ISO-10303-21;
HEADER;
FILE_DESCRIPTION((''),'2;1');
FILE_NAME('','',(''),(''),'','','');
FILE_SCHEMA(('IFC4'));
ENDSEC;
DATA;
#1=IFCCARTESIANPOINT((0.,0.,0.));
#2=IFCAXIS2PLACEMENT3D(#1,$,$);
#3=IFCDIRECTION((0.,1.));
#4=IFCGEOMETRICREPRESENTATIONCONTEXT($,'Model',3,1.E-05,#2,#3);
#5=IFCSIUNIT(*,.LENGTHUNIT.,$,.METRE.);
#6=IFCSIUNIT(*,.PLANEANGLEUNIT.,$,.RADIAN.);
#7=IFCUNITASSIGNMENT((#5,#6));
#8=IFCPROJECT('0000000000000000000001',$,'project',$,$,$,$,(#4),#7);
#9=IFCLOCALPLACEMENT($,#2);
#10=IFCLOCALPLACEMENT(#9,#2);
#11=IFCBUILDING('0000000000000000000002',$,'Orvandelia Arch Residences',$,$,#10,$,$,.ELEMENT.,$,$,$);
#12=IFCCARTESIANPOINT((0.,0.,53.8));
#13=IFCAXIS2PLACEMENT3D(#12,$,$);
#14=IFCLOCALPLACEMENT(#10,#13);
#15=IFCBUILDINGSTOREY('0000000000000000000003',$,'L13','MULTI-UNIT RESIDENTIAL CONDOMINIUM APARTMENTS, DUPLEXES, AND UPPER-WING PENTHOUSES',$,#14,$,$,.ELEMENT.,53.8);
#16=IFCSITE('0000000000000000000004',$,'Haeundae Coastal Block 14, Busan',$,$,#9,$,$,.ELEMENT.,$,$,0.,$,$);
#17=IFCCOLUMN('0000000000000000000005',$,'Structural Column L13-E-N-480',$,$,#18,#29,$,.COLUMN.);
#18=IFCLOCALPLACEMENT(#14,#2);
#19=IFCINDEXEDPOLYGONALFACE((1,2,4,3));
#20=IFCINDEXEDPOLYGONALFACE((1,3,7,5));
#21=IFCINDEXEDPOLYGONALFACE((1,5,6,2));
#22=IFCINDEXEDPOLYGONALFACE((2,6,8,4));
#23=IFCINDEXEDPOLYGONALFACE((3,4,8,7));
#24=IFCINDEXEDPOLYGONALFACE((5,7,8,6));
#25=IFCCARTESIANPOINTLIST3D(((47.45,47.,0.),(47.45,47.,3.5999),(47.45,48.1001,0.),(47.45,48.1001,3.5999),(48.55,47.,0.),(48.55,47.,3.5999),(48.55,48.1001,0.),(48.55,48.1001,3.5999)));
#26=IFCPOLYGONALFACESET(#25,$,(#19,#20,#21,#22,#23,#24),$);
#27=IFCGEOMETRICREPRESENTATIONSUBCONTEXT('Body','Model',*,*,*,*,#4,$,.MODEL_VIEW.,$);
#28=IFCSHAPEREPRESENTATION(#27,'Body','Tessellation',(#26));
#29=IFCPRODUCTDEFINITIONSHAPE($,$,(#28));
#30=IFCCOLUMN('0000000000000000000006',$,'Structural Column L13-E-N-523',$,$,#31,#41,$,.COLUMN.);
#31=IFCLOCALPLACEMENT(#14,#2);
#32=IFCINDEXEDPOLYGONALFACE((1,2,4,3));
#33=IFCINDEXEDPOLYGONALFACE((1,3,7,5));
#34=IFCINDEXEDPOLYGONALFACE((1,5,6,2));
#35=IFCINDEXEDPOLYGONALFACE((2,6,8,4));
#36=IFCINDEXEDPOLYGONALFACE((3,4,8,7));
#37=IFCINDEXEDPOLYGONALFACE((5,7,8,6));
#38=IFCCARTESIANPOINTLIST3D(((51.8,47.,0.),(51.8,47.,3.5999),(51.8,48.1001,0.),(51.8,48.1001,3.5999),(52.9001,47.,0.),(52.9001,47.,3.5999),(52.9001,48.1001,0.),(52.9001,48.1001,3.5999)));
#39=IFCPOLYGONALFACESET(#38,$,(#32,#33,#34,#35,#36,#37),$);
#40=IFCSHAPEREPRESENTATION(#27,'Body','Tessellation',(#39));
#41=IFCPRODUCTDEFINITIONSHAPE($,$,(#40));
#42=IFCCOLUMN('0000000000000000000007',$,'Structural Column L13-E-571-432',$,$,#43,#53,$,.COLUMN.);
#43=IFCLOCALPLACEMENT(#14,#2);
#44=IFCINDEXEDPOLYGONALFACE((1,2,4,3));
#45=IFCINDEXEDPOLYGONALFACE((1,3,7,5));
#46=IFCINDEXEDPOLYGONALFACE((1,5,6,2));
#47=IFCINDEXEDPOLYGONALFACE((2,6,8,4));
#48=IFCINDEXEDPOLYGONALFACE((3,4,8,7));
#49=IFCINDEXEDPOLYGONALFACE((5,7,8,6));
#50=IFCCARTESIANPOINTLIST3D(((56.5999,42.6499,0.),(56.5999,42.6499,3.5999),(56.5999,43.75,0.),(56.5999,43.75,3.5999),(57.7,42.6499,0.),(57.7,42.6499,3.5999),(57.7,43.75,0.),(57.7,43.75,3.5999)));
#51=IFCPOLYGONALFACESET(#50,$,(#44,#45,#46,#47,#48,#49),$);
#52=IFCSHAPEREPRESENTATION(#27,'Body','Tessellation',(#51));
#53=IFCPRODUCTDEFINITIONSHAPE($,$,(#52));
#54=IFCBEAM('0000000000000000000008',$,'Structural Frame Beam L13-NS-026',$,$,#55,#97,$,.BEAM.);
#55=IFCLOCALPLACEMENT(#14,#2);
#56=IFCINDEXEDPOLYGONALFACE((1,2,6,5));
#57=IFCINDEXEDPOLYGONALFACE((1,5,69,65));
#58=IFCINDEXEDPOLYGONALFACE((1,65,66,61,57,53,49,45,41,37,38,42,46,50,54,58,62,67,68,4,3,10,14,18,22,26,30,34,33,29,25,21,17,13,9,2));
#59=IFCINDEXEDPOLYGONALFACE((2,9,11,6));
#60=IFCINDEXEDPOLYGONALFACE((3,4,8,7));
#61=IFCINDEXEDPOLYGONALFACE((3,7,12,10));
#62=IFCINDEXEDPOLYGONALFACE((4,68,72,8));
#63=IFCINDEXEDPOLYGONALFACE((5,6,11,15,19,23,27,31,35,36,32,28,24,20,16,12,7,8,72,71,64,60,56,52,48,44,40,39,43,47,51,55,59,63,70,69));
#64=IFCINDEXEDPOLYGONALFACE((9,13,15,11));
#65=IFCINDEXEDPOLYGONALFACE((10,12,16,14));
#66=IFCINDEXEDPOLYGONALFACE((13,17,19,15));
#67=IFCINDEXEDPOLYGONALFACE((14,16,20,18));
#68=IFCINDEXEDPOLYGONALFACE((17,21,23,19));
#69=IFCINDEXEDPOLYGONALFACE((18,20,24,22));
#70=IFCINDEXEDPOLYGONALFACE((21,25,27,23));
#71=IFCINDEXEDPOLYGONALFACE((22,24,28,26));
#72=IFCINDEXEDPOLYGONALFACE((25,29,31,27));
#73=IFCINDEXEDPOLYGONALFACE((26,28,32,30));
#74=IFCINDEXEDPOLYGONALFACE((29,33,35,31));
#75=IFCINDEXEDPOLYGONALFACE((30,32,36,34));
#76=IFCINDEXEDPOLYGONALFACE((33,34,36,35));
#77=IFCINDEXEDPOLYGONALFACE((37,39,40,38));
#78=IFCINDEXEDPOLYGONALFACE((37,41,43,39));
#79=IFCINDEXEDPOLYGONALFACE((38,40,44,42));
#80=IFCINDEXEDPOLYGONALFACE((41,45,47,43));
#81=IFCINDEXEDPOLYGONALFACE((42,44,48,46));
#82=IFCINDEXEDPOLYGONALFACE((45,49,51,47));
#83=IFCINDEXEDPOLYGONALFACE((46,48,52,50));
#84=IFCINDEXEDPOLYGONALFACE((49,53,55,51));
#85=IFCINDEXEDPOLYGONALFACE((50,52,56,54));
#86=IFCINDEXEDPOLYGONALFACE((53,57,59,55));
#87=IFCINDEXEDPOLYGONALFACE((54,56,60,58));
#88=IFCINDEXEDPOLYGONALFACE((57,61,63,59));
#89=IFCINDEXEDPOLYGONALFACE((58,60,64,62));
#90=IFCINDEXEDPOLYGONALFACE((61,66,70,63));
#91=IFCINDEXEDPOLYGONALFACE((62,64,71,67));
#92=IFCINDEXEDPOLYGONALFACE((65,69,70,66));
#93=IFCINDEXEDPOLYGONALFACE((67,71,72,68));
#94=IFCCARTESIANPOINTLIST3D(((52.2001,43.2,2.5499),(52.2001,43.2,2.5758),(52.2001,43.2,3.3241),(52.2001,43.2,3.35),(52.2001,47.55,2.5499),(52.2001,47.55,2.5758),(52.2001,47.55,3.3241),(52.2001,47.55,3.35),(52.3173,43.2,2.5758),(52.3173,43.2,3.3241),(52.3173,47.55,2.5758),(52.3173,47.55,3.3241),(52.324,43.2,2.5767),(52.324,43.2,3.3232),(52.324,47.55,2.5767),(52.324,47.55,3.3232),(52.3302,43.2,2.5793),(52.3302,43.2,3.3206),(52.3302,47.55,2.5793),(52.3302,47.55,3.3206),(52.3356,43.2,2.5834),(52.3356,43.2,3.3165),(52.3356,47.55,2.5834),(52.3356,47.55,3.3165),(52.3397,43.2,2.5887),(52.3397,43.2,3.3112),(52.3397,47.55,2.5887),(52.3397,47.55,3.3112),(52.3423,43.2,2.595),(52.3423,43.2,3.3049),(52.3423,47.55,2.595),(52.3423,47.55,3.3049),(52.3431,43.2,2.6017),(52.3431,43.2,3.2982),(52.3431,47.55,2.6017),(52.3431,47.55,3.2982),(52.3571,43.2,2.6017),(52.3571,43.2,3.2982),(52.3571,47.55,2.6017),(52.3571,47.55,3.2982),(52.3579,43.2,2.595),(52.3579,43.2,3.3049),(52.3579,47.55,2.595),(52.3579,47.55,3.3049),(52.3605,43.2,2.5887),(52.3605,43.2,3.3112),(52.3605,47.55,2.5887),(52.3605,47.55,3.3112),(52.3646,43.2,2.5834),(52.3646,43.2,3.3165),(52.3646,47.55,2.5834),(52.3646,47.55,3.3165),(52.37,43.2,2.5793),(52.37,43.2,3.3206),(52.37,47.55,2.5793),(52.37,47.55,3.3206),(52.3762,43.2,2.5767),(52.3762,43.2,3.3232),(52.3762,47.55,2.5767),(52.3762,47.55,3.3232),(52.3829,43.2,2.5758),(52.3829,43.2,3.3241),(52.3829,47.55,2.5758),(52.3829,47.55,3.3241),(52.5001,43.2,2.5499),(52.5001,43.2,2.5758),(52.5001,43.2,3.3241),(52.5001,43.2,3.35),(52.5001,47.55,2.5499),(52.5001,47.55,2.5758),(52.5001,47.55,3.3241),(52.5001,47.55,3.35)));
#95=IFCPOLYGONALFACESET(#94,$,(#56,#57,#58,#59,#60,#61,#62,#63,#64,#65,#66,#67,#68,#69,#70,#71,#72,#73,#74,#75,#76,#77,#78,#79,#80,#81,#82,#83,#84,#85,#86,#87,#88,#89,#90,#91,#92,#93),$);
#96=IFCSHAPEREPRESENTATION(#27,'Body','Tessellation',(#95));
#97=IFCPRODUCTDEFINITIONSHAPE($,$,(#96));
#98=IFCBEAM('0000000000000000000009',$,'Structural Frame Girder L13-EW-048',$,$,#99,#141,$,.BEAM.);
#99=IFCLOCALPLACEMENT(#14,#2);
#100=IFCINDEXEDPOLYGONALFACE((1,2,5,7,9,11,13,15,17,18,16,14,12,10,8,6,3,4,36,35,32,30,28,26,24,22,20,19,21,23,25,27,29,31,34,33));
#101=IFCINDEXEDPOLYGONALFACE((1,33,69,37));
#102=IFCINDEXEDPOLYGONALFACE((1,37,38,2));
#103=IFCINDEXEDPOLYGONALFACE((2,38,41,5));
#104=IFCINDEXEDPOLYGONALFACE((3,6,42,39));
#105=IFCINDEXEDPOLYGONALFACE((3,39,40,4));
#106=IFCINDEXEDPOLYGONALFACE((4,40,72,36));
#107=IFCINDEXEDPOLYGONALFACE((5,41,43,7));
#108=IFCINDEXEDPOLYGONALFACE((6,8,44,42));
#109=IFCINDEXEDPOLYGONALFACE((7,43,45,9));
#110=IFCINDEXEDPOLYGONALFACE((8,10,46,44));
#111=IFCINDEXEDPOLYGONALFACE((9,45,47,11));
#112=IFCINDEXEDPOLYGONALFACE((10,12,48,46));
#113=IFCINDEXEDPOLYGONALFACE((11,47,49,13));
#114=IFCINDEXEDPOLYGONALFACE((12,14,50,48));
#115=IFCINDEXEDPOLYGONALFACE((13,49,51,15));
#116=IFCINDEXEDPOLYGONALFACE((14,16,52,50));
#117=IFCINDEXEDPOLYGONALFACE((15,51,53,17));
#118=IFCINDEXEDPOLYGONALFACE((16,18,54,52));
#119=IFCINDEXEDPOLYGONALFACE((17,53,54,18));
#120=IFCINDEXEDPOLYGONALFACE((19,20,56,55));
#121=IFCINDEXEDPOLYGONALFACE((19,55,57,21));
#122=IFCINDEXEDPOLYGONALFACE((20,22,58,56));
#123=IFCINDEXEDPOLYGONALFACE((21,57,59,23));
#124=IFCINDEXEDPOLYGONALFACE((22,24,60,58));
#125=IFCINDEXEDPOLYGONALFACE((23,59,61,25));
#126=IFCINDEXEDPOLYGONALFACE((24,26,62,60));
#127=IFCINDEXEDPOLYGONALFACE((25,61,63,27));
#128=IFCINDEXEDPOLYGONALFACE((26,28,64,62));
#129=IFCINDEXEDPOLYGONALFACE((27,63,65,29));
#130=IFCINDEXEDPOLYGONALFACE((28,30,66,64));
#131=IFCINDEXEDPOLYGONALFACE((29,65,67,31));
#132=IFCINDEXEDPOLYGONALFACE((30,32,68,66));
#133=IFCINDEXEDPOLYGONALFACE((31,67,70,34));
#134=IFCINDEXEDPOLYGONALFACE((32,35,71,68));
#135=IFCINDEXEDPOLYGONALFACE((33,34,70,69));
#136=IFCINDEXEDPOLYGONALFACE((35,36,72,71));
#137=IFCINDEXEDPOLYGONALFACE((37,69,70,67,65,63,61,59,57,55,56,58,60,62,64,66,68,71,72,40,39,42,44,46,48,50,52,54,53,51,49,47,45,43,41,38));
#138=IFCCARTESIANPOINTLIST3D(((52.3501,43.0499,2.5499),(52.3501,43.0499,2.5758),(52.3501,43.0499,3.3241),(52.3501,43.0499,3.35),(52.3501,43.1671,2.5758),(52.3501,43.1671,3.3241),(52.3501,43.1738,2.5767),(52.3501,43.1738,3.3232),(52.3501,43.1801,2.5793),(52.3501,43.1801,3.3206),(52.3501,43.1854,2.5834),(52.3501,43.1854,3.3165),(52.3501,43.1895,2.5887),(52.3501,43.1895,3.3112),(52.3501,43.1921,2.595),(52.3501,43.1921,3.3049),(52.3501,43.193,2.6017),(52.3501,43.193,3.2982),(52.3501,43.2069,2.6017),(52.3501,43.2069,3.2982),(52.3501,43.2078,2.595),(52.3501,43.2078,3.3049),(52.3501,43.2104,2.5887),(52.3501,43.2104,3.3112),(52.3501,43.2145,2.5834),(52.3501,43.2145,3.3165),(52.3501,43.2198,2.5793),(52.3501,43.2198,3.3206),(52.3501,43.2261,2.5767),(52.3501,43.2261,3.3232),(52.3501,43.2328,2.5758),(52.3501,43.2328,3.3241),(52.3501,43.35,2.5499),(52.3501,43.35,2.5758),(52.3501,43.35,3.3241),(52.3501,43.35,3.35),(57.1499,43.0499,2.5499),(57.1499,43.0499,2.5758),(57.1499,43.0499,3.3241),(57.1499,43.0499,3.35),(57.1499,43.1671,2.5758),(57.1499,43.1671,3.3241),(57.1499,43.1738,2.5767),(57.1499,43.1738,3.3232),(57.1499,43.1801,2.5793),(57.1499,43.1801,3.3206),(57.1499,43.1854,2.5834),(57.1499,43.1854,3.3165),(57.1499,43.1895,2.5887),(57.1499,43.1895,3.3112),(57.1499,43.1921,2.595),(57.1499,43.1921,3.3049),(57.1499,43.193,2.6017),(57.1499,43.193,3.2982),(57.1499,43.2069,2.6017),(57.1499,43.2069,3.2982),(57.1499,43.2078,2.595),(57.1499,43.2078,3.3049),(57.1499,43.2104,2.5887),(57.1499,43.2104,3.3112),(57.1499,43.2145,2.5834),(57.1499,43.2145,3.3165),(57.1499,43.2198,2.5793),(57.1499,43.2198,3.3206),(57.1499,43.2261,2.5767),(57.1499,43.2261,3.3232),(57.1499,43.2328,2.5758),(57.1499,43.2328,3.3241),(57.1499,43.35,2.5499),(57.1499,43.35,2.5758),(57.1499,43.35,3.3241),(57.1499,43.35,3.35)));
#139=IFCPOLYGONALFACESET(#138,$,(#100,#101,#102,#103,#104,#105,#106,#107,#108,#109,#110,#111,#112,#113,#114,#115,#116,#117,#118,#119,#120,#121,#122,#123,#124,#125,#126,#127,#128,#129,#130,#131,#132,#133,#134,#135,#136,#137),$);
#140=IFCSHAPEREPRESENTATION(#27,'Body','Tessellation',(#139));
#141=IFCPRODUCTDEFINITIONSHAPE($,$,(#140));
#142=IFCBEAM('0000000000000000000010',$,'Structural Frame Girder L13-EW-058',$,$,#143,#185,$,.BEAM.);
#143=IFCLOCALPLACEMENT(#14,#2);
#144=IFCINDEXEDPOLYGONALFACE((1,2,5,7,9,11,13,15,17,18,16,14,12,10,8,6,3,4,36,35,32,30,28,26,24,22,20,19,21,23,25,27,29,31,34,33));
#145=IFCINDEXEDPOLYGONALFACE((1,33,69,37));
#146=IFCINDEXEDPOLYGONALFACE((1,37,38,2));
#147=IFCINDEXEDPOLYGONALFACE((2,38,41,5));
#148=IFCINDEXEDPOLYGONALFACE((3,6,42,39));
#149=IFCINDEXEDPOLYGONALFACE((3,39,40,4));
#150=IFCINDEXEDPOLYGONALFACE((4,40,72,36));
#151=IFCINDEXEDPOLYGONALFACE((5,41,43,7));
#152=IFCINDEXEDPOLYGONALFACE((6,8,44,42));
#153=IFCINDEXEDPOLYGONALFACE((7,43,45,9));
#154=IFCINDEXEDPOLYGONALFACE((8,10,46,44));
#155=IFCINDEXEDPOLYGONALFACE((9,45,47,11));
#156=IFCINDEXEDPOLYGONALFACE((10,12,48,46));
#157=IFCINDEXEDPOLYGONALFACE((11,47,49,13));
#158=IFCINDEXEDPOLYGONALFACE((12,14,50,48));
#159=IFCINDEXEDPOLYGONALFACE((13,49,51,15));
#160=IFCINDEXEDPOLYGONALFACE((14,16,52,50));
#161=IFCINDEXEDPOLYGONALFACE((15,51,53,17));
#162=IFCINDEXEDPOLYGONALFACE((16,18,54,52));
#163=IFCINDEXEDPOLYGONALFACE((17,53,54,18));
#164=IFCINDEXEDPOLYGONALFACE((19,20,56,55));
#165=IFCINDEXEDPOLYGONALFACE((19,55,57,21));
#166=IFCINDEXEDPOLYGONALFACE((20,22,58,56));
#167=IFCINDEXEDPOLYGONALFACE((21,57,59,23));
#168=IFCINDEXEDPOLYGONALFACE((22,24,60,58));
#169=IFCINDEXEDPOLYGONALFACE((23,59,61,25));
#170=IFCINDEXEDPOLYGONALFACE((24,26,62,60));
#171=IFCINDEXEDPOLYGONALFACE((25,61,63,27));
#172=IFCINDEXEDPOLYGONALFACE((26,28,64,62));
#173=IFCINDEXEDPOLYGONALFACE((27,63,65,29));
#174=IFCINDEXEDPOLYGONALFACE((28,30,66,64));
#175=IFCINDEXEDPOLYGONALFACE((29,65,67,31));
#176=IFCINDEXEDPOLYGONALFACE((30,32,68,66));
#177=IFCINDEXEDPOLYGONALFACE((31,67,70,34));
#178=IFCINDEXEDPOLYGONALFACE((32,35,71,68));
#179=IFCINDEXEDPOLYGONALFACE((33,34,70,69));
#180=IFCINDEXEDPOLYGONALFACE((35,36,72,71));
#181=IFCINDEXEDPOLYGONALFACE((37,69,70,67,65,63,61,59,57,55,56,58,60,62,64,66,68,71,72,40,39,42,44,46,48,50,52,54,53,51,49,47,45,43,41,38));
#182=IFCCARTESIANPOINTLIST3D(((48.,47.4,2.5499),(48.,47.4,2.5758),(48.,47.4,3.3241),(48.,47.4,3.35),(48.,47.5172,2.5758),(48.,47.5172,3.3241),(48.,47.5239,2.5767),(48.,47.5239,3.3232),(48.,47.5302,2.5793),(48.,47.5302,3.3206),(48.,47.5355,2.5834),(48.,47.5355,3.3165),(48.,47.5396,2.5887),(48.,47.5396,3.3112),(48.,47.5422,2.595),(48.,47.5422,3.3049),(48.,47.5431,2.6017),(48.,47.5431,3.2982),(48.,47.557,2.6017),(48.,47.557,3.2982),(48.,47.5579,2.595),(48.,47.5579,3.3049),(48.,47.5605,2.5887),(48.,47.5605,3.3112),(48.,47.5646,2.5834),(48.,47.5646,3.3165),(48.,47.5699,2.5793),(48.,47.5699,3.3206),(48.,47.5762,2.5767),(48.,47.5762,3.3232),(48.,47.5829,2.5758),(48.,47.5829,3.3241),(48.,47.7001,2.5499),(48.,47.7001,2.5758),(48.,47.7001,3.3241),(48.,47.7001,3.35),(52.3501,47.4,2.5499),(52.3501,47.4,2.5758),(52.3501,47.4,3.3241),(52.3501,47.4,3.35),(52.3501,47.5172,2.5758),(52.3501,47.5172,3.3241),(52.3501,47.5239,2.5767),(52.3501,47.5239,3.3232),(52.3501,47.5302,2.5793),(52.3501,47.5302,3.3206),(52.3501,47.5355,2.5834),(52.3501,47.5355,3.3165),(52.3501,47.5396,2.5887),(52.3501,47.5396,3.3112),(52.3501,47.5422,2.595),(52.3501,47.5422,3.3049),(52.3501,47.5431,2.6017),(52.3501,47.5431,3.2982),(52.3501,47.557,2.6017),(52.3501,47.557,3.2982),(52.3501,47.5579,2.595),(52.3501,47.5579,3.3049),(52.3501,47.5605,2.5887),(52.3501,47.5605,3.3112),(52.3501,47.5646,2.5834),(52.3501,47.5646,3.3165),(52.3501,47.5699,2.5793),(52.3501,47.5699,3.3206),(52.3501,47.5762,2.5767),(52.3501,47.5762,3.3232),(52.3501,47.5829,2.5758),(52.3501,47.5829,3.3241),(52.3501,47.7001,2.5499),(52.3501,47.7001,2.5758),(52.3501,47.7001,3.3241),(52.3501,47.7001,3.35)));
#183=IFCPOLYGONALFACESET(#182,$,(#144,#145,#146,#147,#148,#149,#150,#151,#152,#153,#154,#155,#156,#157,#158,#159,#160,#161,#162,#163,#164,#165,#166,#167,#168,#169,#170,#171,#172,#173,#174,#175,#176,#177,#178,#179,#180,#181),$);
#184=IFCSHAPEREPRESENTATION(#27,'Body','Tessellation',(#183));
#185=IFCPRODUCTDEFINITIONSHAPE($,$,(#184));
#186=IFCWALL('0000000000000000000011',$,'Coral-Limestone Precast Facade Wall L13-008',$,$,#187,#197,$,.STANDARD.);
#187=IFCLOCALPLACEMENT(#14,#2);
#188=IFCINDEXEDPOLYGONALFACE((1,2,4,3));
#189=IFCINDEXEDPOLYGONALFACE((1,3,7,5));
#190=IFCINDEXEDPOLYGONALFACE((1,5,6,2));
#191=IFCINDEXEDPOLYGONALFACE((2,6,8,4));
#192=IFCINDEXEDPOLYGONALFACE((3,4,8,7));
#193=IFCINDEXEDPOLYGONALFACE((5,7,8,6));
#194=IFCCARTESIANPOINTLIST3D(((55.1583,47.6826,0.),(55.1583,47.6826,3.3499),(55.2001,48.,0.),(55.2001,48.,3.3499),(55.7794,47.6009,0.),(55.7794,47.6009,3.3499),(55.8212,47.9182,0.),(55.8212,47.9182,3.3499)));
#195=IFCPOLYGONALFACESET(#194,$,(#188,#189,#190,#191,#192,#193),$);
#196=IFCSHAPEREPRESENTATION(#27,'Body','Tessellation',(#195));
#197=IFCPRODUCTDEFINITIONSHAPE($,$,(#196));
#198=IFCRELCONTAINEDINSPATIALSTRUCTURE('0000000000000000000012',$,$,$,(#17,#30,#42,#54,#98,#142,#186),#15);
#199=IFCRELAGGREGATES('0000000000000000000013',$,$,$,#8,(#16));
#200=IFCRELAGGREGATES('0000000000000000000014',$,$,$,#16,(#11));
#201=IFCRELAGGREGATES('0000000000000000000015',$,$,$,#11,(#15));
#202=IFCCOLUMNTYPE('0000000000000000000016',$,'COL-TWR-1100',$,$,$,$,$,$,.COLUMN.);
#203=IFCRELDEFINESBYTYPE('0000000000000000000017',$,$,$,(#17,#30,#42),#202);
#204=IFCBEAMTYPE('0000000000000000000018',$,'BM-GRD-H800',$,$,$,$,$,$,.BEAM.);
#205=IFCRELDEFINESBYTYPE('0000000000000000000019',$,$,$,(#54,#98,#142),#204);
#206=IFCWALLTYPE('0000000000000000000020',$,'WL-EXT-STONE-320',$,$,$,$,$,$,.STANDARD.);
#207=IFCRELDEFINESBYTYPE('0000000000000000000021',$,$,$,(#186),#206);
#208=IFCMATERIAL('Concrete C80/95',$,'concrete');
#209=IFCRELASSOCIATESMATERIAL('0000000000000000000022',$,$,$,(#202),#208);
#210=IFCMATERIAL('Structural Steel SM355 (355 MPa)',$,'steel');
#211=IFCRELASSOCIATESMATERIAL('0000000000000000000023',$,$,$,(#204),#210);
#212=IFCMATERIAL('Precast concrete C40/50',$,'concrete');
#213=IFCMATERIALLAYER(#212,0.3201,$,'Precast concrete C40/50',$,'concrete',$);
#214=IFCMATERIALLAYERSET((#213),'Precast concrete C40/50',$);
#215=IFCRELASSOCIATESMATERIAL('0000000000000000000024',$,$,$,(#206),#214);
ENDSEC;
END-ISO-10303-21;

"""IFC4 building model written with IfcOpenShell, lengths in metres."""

from ifc_helpers import new_model, si_unit, direction, frame, frame_2d, origin, origin_2d, place, context, subcontext, project, spatial, rectangle, i_section, extrude, material, layer, layer_set, material_profile, profile_set, type_object, element, save


model = new_model("IFC4")

# Units and contexts
model_context = context("Model", 3, precision=1e-05, world=origin(), true_north=direction((0.0, 1.0)))
body_context = subcontext(model_context, "Body", "Model", "MODEL_VIEW")
ifc_project = project(units=[si_unit("LENGTHUNIT", "METRE"), si_unit("PLANEANGLEUNIT", "RADIAN")], contexts=[model_context])

# Site, building, storey
site_placement = place(None, origin())
site = spatial("IfcSite", under=ifc_project, at=site_placement, Name="Haeundae Coastal Block 14, Busan", CompositionType="ELEMENT", RefElevation=0.0)
building_placement = place(site_placement, origin())
building = spatial("IfcBuilding", under=site, at=building_placement, Name="Orvandelia Arch Residences", CompositionType="ELEMENT")
storey_placement = place(building_placement, frame((0.0, 0.0, 53.8)))
storey = spatial("IfcBuildingStorey", under=building, at=storey_placement, Name="L13", Description="MULTI-UNIT RESIDENTIAL CONDOMINIUM APARTMENTS, DUPLEXES, AND UPPER-WING PENTHOUSES", CompositionType="ELEMENT", Elevation=53.8)

# Columns
ifc_material_1 = material(Name="Concrete C80/95", Category="concrete")
ifc_material_profile_1 = material_profile(ifc_material_1, rectangle(XDim=1.1001, YDim=1.1001, at=origin_2d()), Name="Concrete C80/95", Category="concrete")
ifc_profile_set_1 = profile_set([ifc_material_profile_1], Name="Concrete C80/95")
column_type = type_object("IfcColumnType", Name="COL-TWR-1100", PredefinedType="COLUMN", material=ifc_profile_set_1)
for number, where, z_axis, x_axis, name in (
    (1, (48.0, 47.55, 0.0), (0.0, 0.0, 1.0), (1.0, 0.0, 0.0), "Structural Column L13-E-N-480"),
    (2, (52.3501, 47.55, 0.0), (0.0, 0.0, 1.0), (1.0, 0.0, 0.0), "Structural Column L13-E-N-523"),
    (3, (57.1499, 43.2, 0.0), (0.0, 0.0, 1.0), (1.0, 0.0, 0.0), "Structural Column L13-E-571-432"),
):
    element("IfcColumn", number, at=place(storey_placement, frame(where, z_axis=z_axis, x_axis=x_axis)), inside=storey, type_object=column_type, Name=name, PredefinedType="COLUMN", context=body_context, shape_type="SweptSolid", body=[
        extrude(rectangle(XDim=1.1001, YDim=1.1001, at=origin_2d()), origin(), (0.0, 0.0, 1.0), 3.5999),
    ])

# Beams
ifc_material_2 = material(Name="Structural Steel SM355 (355 MPa)", Category="steel")
ifc_material_profile_2 = material_profile(ifc_material_2, i_section(OverallWidth=0.3, OverallDepth=0.8, WebThickness=0.0139, FlangeThickness=0.0259, FilletRadius=0.0259, at=origin_2d()), Name="Structural Steel SM355 (355 MPa)", Category="steel")
ifc_profile_set_2 = profile_set([ifc_material_profile_2], Name="Structural Steel SM355 (355 MPa)")
beam_type = type_object("IfcBeamType", Name="BM-GRD-H800", PredefinedType="BEAM", material=ifc_profile_set_2)
beam_1_placement = place(storey_placement, frame((52.3501, 43.2, 2.95), z_axis=(0.0, 1.0, 0.0), x_axis=(-1.0, 0.0, 0.0)))
element("IfcBeam", 4, at=beam_1_placement, inside=storey, type_object=beam_type, Name="Structural Frame Beam L13-NS-026", PredefinedType="BEAM", context=body_context, shape_type="SweptSolid", body=[
    extrude(i_section(OverallWidth=0.3, OverallDepth=0.8, WebThickness=0.0139, FlangeThickness=0.0259, FilletRadius=0.0259, at=origin_2d()), origin(), (0.0, 0.0, 1.0), 4.3501),
])
beam_2_placement = place(storey_placement, frame((52.3501, 43.2, 2.95), z_axis=(1.0, 0.0, 0.0), x_axis=(0.0, 1.0, 0.0)))
element("IfcBeam", 5, at=beam_2_placement, inside=storey, type_object=beam_type, Name="Structural Frame Girder L13-EW-048", PredefinedType="BEAM", context=body_context, shape_type="SweptSolid", body=[
    extrude(i_section(OverallWidth=0.3, OverallDepth=0.8, WebThickness=0.0139, FlangeThickness=0.0259, FilletRadius=0.0259, at=origin_2d()), origin(), (0.0, 0.0, 1.0), 4.7998),
])
beam_3_placement = place(storey_placement, frame((48.0, 47.55, 2.95), z_axis=(1.0, 0.0, 0.0), x_axis=(0.0, 1.0, 0.0)))
element("IfcBeam", 6, at=beam_3_placement, inside=storey, type_object=beam_type, Name="Structural Frame Girder L13-EW-058", PredefinedType="BEAM", context=body_context, shape_type="SweptSolid", body=[
    extrude(i_section(OverallWidth=0.3, OverallDepth=0.8, WebThickness=0.0139, FlangeThickness=0.0259, FilletRadius=0.0259, at=origin_2d()), origin(), (0.0, 0.0, 1.0), 4.3501),
])

# Wall
ifc_material_3 = material(Name="Precast concrete C40/50", Category="concrete")
ifc_layer_1 = layer(ifc_material_3, 0.3201, Name="Precast concrete C40/50", Category="concrete")
ifc_layer_set_1 = layer_set([ifc_layer_1], Name="Precast concrete C40/50")
wall_type_1 = type_object("IfcWallType", Name="WL-EXT-STONE-320", PredefinedType="STANDARD", material=ifc_layer_set_1)
for number, where, z_axis, x_axis, name in (
    (7, (55.1792, 47.8413, 0.0), (0.0, 0.0, 1.0), (0.991441, -0.130555, 0.0), "Coral-Limestone Precast Facade Wall L13-008"),
):
    element("IfcWall", number, at=place(storey_placement, frame(where, z_axis=z_axis, x_axis=x_axis)), inside=storey, type_object=wall_type_1, Name=name, PredefinedType="STANDARD", context=body_context, shape_type="SweptSolid", body=[
        extrude(rectangle(XDim=0.6265, YDim=0.3201, at=frame_2d((0.3132, 0.0))), origin(), (0.0, 0.0, 1.0), 3.3499),
    ])

save(model, "model.ifc")
